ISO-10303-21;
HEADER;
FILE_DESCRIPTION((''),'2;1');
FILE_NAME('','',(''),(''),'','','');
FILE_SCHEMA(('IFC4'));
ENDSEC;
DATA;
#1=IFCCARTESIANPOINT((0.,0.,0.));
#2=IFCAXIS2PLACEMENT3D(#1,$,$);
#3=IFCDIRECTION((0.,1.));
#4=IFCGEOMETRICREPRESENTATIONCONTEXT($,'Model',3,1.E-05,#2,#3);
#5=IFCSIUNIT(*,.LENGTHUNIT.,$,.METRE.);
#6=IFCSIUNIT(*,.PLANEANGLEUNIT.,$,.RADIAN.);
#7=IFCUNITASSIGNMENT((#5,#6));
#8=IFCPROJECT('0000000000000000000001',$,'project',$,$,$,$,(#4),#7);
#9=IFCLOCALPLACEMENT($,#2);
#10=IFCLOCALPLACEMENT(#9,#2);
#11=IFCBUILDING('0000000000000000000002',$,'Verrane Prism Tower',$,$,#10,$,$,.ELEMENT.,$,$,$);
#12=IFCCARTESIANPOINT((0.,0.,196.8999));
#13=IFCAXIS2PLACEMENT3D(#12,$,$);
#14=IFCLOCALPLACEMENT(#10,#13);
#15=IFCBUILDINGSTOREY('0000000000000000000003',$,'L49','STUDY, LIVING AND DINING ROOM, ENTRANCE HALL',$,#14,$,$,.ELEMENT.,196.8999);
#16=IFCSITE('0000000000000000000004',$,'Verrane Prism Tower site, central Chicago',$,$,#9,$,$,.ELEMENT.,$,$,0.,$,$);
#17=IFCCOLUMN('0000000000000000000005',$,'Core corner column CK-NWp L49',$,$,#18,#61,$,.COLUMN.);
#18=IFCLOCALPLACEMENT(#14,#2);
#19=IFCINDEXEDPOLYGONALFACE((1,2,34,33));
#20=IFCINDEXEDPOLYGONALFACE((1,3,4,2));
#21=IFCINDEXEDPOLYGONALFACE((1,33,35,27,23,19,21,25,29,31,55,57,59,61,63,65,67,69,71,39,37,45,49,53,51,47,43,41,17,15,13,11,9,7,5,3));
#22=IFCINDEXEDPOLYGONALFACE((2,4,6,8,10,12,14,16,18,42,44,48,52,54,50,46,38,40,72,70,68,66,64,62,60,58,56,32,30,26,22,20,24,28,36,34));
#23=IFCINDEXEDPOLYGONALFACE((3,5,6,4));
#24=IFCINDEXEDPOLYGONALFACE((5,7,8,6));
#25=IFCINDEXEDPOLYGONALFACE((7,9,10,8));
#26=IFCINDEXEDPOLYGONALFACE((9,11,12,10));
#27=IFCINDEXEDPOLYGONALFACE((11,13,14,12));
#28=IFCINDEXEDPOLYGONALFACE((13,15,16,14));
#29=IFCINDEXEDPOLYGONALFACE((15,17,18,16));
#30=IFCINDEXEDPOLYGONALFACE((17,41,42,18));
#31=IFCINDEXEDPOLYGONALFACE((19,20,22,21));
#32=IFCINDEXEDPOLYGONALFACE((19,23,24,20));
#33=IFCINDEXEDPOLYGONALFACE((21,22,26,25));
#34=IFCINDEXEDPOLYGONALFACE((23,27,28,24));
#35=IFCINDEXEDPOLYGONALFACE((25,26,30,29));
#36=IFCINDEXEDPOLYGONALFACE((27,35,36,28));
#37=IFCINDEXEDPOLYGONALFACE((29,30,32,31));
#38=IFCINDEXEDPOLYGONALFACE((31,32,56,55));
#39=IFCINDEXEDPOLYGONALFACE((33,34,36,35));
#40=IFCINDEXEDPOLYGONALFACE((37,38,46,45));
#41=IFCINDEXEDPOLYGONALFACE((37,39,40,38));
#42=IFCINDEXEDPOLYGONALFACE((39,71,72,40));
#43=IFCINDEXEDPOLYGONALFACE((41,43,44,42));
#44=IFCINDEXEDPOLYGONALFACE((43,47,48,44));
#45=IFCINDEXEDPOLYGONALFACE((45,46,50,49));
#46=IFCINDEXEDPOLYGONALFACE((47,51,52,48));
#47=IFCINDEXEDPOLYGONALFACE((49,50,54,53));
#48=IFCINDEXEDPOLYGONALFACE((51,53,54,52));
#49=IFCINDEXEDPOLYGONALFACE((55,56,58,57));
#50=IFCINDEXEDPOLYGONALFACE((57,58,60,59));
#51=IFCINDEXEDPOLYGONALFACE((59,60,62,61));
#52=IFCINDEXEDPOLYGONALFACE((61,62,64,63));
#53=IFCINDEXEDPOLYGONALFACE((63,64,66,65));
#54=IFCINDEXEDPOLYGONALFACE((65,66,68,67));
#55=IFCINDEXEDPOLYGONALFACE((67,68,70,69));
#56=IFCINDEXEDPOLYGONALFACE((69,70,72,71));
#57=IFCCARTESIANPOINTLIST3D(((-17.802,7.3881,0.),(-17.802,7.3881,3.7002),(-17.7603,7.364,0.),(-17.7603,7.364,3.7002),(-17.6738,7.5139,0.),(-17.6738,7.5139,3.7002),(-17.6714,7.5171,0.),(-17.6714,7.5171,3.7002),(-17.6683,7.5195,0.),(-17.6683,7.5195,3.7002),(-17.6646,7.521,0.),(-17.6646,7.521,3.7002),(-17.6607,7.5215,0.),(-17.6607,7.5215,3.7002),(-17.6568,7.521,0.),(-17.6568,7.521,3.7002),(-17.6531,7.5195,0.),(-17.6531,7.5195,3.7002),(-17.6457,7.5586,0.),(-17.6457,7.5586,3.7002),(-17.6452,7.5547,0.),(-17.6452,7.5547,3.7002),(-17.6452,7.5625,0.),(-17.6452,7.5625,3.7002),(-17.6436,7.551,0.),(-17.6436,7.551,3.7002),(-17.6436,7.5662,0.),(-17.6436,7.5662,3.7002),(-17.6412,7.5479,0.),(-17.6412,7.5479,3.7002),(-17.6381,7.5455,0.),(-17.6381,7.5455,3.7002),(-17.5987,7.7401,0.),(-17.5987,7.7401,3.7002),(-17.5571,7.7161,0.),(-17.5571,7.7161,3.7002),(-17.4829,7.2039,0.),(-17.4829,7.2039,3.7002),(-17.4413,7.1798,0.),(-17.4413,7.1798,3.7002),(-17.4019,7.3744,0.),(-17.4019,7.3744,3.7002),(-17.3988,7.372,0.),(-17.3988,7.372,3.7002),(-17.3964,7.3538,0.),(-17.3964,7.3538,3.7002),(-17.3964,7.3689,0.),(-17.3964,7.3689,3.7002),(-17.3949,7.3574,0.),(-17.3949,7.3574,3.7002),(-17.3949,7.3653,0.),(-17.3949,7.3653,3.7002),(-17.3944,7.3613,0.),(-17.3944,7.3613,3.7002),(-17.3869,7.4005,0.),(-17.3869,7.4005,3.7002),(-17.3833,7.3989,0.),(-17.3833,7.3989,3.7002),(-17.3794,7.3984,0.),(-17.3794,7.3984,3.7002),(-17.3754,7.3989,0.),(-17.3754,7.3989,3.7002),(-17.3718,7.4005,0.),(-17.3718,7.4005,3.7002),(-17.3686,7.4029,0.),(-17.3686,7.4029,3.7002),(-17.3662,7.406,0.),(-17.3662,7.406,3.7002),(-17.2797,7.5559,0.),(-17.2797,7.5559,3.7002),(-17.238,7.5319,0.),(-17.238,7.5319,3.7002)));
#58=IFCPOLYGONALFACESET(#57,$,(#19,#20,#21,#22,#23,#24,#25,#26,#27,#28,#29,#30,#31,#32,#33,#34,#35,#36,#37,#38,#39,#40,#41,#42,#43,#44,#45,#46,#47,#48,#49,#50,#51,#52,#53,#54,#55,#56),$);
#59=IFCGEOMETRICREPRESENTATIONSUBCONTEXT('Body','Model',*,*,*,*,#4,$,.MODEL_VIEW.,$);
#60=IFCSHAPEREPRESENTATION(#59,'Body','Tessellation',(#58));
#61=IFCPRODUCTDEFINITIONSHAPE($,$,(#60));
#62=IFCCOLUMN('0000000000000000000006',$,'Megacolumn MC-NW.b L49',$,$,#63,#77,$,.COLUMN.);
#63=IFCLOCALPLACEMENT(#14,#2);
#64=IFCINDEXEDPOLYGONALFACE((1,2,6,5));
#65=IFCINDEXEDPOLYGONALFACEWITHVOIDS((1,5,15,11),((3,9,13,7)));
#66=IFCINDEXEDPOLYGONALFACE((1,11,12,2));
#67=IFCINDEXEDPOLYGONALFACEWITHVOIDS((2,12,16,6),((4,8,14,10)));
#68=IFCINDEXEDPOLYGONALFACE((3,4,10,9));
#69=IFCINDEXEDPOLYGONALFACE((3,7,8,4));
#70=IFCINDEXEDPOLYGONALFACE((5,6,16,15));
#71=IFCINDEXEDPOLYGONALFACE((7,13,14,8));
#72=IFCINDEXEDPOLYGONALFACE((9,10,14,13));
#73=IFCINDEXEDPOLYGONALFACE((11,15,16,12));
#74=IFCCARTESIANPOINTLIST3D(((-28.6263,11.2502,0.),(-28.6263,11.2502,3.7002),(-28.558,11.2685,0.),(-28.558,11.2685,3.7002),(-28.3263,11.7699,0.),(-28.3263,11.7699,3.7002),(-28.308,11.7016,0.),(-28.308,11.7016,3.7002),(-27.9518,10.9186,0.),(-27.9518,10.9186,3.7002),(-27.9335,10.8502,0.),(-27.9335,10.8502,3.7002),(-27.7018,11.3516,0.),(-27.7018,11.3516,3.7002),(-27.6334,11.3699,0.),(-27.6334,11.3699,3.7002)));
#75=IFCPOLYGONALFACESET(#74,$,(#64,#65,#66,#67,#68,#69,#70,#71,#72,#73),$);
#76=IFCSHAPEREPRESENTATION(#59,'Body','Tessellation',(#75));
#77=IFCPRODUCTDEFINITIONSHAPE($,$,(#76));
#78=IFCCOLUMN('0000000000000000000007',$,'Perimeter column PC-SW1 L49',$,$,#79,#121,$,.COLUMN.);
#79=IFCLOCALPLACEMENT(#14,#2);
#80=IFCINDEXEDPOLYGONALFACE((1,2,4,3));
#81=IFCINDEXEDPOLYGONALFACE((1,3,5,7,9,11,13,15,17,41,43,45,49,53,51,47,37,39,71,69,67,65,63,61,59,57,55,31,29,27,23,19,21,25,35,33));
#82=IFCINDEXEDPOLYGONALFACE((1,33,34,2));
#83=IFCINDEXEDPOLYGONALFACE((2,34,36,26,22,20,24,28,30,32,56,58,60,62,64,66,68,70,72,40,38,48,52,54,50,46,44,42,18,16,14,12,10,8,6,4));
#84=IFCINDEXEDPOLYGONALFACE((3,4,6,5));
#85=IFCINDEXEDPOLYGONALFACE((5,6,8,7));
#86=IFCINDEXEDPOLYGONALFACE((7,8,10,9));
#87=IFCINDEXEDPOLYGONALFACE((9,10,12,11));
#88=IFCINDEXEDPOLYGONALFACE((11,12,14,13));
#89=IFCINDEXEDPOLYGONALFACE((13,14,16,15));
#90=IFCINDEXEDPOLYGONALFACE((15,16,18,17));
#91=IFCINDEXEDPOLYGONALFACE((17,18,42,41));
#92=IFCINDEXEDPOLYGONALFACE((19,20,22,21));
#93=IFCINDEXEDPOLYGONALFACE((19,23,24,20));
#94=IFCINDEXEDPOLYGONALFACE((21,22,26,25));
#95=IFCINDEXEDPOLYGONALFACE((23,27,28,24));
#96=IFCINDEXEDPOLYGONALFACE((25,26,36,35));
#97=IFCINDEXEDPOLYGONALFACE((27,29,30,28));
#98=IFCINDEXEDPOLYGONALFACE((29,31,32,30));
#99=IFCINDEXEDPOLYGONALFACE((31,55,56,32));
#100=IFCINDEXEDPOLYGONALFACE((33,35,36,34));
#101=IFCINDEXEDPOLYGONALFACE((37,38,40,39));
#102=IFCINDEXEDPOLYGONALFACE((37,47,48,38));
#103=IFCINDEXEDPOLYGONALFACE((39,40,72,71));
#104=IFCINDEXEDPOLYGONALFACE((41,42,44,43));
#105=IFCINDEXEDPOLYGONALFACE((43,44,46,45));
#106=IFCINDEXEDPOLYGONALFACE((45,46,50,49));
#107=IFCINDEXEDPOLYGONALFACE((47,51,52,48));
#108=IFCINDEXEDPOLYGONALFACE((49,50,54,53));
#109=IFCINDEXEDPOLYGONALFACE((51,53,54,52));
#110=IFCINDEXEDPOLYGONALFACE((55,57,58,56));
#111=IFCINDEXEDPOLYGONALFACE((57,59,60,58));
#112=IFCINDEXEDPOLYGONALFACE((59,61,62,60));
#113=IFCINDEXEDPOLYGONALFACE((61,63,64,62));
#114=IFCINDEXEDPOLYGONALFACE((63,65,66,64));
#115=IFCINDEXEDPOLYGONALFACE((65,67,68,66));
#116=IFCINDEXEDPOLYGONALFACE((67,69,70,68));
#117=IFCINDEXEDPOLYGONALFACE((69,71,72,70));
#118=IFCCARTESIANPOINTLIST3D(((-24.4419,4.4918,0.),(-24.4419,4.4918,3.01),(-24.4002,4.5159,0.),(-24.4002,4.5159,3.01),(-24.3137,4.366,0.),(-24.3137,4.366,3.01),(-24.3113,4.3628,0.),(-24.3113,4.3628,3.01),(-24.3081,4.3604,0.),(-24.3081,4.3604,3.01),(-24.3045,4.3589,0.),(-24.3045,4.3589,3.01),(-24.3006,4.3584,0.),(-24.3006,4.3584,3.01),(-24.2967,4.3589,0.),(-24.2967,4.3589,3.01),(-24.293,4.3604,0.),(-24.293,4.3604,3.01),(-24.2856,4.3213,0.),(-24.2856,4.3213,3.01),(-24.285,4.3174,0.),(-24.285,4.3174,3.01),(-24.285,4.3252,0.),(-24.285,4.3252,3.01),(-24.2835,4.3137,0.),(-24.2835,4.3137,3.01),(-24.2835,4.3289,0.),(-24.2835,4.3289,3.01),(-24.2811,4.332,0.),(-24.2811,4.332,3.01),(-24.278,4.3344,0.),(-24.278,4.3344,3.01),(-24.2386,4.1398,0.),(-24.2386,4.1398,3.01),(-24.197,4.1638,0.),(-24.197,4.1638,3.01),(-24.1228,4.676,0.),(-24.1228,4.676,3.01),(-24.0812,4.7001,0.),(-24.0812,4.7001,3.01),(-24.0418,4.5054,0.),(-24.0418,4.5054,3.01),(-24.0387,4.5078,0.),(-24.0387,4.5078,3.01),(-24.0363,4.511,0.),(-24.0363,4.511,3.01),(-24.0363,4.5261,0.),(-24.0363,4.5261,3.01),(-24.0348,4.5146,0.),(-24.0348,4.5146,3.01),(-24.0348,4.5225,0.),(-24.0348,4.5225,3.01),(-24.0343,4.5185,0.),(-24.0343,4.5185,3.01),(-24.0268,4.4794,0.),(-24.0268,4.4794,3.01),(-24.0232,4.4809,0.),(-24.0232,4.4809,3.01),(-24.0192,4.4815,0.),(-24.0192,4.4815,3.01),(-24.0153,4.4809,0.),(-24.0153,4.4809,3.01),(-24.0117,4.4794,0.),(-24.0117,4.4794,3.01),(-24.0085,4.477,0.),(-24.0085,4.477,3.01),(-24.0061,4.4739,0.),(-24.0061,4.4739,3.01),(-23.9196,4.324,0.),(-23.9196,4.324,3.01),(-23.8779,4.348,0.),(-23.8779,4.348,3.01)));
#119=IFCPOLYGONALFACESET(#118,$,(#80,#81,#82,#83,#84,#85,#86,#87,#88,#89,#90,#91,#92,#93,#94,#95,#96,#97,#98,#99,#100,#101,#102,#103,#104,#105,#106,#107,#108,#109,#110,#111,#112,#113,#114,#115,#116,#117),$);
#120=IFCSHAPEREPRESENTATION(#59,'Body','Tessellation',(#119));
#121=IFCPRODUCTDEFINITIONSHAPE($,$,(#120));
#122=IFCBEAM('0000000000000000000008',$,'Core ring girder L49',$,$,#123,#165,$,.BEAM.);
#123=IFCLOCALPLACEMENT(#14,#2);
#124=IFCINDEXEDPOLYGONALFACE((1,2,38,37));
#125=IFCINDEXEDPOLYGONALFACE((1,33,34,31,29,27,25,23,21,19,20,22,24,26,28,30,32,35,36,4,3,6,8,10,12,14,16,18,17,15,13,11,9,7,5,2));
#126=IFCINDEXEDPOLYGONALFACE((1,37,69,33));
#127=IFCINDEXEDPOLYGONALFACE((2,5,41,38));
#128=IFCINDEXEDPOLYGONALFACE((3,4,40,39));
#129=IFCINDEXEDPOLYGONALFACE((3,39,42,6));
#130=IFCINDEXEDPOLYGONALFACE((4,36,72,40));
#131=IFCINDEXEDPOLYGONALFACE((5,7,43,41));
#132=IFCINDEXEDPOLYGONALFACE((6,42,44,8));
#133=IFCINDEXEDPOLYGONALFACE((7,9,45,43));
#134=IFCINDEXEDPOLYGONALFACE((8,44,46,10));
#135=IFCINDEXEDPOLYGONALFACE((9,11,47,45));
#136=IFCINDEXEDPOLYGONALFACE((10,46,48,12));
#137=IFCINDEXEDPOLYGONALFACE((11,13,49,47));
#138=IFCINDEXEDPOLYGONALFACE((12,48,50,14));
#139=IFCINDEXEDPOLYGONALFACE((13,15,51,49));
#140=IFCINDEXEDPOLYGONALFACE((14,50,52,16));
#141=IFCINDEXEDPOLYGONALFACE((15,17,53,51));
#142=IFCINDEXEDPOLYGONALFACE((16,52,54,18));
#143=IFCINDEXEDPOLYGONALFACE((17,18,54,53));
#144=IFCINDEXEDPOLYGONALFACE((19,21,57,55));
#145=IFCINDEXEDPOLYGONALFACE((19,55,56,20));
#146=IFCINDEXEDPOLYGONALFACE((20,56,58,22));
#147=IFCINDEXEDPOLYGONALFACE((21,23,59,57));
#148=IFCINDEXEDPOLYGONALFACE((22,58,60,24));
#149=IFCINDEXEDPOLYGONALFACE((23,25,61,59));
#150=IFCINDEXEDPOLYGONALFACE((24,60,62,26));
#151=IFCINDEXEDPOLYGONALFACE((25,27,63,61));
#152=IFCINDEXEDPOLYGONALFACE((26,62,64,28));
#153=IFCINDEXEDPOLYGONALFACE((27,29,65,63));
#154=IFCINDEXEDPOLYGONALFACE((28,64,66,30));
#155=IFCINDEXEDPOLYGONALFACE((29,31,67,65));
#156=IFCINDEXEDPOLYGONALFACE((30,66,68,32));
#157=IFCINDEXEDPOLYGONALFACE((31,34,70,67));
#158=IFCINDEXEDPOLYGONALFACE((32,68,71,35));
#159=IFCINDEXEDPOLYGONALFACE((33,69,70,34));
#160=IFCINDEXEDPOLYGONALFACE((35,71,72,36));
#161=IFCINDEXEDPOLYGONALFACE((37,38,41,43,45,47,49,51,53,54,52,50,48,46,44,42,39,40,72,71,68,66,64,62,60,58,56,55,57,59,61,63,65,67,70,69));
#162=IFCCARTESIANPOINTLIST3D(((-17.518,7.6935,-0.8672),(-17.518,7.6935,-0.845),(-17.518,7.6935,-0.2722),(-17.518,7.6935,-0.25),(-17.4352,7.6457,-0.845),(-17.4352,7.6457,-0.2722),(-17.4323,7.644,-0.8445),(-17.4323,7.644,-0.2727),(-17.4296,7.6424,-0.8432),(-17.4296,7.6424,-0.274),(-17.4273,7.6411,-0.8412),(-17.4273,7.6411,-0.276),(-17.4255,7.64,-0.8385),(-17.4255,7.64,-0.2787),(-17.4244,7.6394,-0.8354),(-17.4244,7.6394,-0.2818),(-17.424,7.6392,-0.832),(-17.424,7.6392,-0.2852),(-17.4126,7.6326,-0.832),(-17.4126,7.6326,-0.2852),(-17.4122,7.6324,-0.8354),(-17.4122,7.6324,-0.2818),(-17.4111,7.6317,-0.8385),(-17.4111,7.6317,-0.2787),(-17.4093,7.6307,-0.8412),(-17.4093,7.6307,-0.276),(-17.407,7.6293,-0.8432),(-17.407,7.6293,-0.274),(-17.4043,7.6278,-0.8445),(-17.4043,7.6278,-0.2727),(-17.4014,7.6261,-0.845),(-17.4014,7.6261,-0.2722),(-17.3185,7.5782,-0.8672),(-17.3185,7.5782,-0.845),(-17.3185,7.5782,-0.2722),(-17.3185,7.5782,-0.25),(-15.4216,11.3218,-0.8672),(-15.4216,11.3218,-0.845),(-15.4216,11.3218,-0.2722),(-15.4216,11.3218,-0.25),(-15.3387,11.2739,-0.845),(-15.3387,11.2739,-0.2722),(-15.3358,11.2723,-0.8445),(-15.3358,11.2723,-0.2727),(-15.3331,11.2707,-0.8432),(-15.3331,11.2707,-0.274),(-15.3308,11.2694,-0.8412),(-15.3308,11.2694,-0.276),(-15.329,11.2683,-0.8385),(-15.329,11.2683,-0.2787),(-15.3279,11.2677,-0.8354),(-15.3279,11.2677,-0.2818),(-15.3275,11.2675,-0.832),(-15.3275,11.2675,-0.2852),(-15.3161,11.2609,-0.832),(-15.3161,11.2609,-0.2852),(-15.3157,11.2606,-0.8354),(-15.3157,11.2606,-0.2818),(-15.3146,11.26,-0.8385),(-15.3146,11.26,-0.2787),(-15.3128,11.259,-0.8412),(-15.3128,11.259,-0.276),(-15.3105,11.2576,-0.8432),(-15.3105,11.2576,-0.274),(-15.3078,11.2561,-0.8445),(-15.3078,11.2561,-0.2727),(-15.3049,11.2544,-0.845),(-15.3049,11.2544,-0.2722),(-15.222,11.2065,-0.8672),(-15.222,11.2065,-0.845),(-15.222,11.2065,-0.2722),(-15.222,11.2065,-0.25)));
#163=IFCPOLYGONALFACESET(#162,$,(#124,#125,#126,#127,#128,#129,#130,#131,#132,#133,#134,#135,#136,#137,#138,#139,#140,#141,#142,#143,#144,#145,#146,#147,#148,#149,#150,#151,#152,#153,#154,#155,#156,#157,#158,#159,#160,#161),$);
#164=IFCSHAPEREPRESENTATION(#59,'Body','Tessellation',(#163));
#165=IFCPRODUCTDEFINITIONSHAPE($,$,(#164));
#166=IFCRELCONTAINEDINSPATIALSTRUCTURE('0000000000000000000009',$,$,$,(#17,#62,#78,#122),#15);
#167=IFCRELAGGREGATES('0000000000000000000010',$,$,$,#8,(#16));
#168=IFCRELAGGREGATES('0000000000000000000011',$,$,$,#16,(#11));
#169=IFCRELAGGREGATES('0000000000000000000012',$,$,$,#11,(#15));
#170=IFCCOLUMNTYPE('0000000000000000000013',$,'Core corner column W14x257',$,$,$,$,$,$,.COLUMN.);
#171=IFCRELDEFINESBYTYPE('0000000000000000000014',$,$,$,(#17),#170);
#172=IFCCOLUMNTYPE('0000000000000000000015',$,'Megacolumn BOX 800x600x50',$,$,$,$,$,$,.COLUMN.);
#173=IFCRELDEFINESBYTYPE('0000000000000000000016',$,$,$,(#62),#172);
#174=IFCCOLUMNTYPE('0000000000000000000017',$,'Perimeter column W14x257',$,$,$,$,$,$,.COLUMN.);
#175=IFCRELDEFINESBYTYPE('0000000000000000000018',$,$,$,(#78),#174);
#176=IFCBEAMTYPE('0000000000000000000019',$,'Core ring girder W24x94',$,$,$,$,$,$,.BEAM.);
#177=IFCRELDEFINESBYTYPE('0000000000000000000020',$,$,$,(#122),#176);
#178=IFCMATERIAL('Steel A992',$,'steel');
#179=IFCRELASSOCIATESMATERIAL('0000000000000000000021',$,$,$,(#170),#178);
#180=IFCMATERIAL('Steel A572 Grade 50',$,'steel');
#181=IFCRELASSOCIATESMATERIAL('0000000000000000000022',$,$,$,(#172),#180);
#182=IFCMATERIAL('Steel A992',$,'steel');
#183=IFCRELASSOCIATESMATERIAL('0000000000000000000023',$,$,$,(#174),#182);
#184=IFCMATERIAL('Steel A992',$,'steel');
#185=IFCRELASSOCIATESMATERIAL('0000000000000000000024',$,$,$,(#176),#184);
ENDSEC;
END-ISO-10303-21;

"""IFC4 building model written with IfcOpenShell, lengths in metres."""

from ifc_helpers import new_model, si_unit, direction, frame, origin, origin_2d, place, context, subcontext, project, spatial, hollow_rectangle, i_section, extrude, material, material_profile, profile_set, type_object, element, save


model = new_model("IFC4")

# Units and contexts
model_context = context("Model", 3, precision=1e-05, world=origin(), true_north=direction((0.0, 1.0)))
body_context = subcontext(model_context, "Body", "Model", "MODEL_VIEW")
ifc_project = project(units=[si_unit("LENGTHUNIT", "METRE"), si_unit("PLANEANGLEUNIT", "RADIAN")], contexts=[model_context])

# Site, building, storey
site_placement = place(None, origin())
site = spatial("IfcSite", under=ifc_project, at=site_placement, Name="Verrane Prism Tower site, central Chicago", CompositionType="ELEMENT", RefElevation=0.0)
building_placement = place(site_placement, origin())
building = spatial("IfcBuilding", under=site, at=building_placement, Name="Verrane Prism Tower", CompositionType="ELEMENT")
storey_placement = place(building_placement, frame((0.0, 0.0, 196.8999)))
storey = spatial("IfcBuildingStorey", under=building, at=storey_placement, Name="L49", Description="STUDY, LIVING AND DINING ROOM, ENTRANCE HALL", CompositionType="ELEMENT", Elevation=196.8999)

# Columns
ifc_material_1 = material(Name="Steel A992", Category="steel")
ifc_material_profile_1 = material_profile(ifc_material_1, i_section(OverallWidth=0.4065, OverallDepth=0.4165, WebThickness=0.03, FlangeThickness=0.0481, FilletRadius=0.0151, at=origin_2d()), Name="W14x257")
ifc_profile_set_1 = profile_set([ifc_material_profile_1], Name="Steel A992")
column_type_1 = type_object("IfcColumnType", Name="Core corner column W14x257", PredefinedType="COLUMN", material=ifc_profile_set_1)
column_1_placement = place(storey_placement, frame((-17.52, 7.46, 0.0), z_axis=(0.0, 0.0, 1.0), x_axis=(0.5, 0.866025, 0.0)))
element("IfcColumn", 1, at=column_1_placement, inside=storey, type_object=column_type_1, Name="Core corner column CK-NWp L49", PredefinedType="COLUMN", context=body_context, shape_type="SweptSolid", body=[
    extrude(i_section(OverallWidth=0.4065, OverallDepth=0.4165, WebThickness=0.03, FlangeThickness=0.0481, FilletRadius=0.0151, at=origin_2d()), origin(), (0.0, 0.0, 1.0), 3.7002),
])
ifc_material_2 = material(Name="Steel A572 Grade 50", Category="steel")
ifc_material_profile_2 = material_profile(ifc_material_2, hollow_rectangle(XDim=0.6001, YDim=0.8, WallThickness=0.05, at=origin_2d()), Name="BOX 800x600x50")
ifc_profile_set_2 = profile_set([ifc_material_profile_2], Name="Steel A572 Grade 50")
column_type_2 = type_object("IfcColumnType", Name="Megacolumn BOX 800x600x50", PredefinedType="COLUMN", material=ifc_profile_set_2)
column_2_placement = place(storey_placement, frame((-28.1299, 11.3101, 0.0), z_axis=(0.0, 0.0, 1.0), x_axis=(0.5, 0.866025, 0.0)))
element("IfcColumn", 2, at=column_2_placement, inside=storey, type_object=column_type_2, Name="Megacolumn MC-NW.b L49", PredefinedType="COLUMN", context=body_context, shape_type="SweptSolid", body=[
    extrude(hollow_rectangle(XDim=0.6001, YDim=0.8, WallThickness=0.05, at=origin_2d()), origin(), (0.0, 0.0, 1.0), 3.7002),
])
ifc_material_3 = material(Name="Steel A992", Category="steel")
ifc_material_profile_3 = material_profile(ifc_material_3, i_section(OverallWidth=0.4065, OverallDepth=0.4165, WebThickness=0.03, FlangeThickness=0.0481, FilletRadius=0.0151, at=origin_2d()), Name="W14x257")
ifc_profile_set_3 = profile_set([ifc_material_profile_3], Name="Steel A992")
column_type_3 = type_object("IfcColumnType", Name="Perimeter column W14x257", PredefinedType="COLUMN", material=ifc_profile_set_3)
column_3_placement = place(storey_placement, frame((-24.1599, 4.4199, 0.0), z_axis=(0.0, 0.0, 1.0), x_axis=(-0.5, 0.866025, 0.0)))
element("IfcColumn", 3, at=column_3_placement, inside=storey, type_object=column_type_3, Name="Perimeter column PC-SW1 L49", PredefinedType="COLUMN", context=body_context, shape_type="SweptSolid", body=[
    extrude(i_section(OverallWidth=0.4065, OverallDepth=0.4165, WebThickness=0.03, FlangeThickness=0.0481, FilletRadius=0.0151, at=origin_2d()), origin(), (0.0, 0.0, 1.0), 3.01),
])

# Beam
ifc_material_4 = material(Name="Steel A992", Category="steel")
ifc_material_profile_4 = material_profile(ifc_material_4, i_section(OverallWidth=0.2305, OverallDepth=0.6172, WebThickness=0.0132, FlangeThickness=0.0222, FilletRadius=0.0129, at=origin_2d()), Name="W24x94")
ifc_profile_set_4 = profile_set([ifc_material_profile_4], Name="Steel A992")
beam_type_1 = type_object("IfcBeamType", Name="Core ring girder W24x94", PredefinedType="BEAM", material=ifc_profile_set_4)
beam_1_placement = place(storey_placement, frame((-15.3218, 11.2642, -0.5586), z_axis=(-0.500306, -0.865849, 0.0), x_axis=(0.865849, -0.500306, 0.0)))
element("IfcBeam", 4, at=beam_1_placement, inside=storey, type_object=beam_type_1, Name="Core ring girder L49", PredefinedType="BEAM", context=body_context, shape_type="SweptSolid", body=[
    extrude(i_section(OverallWidth=0.2305, OverallDepth=0.6172, WebThickness=0.0132, FlangeThickness=0.0222, FilletRadius=0.0129, at=origin_2d()), origin(), (0.0, 0.0, 1.0), 4.1904),
])

save(model, "model.ifc")
